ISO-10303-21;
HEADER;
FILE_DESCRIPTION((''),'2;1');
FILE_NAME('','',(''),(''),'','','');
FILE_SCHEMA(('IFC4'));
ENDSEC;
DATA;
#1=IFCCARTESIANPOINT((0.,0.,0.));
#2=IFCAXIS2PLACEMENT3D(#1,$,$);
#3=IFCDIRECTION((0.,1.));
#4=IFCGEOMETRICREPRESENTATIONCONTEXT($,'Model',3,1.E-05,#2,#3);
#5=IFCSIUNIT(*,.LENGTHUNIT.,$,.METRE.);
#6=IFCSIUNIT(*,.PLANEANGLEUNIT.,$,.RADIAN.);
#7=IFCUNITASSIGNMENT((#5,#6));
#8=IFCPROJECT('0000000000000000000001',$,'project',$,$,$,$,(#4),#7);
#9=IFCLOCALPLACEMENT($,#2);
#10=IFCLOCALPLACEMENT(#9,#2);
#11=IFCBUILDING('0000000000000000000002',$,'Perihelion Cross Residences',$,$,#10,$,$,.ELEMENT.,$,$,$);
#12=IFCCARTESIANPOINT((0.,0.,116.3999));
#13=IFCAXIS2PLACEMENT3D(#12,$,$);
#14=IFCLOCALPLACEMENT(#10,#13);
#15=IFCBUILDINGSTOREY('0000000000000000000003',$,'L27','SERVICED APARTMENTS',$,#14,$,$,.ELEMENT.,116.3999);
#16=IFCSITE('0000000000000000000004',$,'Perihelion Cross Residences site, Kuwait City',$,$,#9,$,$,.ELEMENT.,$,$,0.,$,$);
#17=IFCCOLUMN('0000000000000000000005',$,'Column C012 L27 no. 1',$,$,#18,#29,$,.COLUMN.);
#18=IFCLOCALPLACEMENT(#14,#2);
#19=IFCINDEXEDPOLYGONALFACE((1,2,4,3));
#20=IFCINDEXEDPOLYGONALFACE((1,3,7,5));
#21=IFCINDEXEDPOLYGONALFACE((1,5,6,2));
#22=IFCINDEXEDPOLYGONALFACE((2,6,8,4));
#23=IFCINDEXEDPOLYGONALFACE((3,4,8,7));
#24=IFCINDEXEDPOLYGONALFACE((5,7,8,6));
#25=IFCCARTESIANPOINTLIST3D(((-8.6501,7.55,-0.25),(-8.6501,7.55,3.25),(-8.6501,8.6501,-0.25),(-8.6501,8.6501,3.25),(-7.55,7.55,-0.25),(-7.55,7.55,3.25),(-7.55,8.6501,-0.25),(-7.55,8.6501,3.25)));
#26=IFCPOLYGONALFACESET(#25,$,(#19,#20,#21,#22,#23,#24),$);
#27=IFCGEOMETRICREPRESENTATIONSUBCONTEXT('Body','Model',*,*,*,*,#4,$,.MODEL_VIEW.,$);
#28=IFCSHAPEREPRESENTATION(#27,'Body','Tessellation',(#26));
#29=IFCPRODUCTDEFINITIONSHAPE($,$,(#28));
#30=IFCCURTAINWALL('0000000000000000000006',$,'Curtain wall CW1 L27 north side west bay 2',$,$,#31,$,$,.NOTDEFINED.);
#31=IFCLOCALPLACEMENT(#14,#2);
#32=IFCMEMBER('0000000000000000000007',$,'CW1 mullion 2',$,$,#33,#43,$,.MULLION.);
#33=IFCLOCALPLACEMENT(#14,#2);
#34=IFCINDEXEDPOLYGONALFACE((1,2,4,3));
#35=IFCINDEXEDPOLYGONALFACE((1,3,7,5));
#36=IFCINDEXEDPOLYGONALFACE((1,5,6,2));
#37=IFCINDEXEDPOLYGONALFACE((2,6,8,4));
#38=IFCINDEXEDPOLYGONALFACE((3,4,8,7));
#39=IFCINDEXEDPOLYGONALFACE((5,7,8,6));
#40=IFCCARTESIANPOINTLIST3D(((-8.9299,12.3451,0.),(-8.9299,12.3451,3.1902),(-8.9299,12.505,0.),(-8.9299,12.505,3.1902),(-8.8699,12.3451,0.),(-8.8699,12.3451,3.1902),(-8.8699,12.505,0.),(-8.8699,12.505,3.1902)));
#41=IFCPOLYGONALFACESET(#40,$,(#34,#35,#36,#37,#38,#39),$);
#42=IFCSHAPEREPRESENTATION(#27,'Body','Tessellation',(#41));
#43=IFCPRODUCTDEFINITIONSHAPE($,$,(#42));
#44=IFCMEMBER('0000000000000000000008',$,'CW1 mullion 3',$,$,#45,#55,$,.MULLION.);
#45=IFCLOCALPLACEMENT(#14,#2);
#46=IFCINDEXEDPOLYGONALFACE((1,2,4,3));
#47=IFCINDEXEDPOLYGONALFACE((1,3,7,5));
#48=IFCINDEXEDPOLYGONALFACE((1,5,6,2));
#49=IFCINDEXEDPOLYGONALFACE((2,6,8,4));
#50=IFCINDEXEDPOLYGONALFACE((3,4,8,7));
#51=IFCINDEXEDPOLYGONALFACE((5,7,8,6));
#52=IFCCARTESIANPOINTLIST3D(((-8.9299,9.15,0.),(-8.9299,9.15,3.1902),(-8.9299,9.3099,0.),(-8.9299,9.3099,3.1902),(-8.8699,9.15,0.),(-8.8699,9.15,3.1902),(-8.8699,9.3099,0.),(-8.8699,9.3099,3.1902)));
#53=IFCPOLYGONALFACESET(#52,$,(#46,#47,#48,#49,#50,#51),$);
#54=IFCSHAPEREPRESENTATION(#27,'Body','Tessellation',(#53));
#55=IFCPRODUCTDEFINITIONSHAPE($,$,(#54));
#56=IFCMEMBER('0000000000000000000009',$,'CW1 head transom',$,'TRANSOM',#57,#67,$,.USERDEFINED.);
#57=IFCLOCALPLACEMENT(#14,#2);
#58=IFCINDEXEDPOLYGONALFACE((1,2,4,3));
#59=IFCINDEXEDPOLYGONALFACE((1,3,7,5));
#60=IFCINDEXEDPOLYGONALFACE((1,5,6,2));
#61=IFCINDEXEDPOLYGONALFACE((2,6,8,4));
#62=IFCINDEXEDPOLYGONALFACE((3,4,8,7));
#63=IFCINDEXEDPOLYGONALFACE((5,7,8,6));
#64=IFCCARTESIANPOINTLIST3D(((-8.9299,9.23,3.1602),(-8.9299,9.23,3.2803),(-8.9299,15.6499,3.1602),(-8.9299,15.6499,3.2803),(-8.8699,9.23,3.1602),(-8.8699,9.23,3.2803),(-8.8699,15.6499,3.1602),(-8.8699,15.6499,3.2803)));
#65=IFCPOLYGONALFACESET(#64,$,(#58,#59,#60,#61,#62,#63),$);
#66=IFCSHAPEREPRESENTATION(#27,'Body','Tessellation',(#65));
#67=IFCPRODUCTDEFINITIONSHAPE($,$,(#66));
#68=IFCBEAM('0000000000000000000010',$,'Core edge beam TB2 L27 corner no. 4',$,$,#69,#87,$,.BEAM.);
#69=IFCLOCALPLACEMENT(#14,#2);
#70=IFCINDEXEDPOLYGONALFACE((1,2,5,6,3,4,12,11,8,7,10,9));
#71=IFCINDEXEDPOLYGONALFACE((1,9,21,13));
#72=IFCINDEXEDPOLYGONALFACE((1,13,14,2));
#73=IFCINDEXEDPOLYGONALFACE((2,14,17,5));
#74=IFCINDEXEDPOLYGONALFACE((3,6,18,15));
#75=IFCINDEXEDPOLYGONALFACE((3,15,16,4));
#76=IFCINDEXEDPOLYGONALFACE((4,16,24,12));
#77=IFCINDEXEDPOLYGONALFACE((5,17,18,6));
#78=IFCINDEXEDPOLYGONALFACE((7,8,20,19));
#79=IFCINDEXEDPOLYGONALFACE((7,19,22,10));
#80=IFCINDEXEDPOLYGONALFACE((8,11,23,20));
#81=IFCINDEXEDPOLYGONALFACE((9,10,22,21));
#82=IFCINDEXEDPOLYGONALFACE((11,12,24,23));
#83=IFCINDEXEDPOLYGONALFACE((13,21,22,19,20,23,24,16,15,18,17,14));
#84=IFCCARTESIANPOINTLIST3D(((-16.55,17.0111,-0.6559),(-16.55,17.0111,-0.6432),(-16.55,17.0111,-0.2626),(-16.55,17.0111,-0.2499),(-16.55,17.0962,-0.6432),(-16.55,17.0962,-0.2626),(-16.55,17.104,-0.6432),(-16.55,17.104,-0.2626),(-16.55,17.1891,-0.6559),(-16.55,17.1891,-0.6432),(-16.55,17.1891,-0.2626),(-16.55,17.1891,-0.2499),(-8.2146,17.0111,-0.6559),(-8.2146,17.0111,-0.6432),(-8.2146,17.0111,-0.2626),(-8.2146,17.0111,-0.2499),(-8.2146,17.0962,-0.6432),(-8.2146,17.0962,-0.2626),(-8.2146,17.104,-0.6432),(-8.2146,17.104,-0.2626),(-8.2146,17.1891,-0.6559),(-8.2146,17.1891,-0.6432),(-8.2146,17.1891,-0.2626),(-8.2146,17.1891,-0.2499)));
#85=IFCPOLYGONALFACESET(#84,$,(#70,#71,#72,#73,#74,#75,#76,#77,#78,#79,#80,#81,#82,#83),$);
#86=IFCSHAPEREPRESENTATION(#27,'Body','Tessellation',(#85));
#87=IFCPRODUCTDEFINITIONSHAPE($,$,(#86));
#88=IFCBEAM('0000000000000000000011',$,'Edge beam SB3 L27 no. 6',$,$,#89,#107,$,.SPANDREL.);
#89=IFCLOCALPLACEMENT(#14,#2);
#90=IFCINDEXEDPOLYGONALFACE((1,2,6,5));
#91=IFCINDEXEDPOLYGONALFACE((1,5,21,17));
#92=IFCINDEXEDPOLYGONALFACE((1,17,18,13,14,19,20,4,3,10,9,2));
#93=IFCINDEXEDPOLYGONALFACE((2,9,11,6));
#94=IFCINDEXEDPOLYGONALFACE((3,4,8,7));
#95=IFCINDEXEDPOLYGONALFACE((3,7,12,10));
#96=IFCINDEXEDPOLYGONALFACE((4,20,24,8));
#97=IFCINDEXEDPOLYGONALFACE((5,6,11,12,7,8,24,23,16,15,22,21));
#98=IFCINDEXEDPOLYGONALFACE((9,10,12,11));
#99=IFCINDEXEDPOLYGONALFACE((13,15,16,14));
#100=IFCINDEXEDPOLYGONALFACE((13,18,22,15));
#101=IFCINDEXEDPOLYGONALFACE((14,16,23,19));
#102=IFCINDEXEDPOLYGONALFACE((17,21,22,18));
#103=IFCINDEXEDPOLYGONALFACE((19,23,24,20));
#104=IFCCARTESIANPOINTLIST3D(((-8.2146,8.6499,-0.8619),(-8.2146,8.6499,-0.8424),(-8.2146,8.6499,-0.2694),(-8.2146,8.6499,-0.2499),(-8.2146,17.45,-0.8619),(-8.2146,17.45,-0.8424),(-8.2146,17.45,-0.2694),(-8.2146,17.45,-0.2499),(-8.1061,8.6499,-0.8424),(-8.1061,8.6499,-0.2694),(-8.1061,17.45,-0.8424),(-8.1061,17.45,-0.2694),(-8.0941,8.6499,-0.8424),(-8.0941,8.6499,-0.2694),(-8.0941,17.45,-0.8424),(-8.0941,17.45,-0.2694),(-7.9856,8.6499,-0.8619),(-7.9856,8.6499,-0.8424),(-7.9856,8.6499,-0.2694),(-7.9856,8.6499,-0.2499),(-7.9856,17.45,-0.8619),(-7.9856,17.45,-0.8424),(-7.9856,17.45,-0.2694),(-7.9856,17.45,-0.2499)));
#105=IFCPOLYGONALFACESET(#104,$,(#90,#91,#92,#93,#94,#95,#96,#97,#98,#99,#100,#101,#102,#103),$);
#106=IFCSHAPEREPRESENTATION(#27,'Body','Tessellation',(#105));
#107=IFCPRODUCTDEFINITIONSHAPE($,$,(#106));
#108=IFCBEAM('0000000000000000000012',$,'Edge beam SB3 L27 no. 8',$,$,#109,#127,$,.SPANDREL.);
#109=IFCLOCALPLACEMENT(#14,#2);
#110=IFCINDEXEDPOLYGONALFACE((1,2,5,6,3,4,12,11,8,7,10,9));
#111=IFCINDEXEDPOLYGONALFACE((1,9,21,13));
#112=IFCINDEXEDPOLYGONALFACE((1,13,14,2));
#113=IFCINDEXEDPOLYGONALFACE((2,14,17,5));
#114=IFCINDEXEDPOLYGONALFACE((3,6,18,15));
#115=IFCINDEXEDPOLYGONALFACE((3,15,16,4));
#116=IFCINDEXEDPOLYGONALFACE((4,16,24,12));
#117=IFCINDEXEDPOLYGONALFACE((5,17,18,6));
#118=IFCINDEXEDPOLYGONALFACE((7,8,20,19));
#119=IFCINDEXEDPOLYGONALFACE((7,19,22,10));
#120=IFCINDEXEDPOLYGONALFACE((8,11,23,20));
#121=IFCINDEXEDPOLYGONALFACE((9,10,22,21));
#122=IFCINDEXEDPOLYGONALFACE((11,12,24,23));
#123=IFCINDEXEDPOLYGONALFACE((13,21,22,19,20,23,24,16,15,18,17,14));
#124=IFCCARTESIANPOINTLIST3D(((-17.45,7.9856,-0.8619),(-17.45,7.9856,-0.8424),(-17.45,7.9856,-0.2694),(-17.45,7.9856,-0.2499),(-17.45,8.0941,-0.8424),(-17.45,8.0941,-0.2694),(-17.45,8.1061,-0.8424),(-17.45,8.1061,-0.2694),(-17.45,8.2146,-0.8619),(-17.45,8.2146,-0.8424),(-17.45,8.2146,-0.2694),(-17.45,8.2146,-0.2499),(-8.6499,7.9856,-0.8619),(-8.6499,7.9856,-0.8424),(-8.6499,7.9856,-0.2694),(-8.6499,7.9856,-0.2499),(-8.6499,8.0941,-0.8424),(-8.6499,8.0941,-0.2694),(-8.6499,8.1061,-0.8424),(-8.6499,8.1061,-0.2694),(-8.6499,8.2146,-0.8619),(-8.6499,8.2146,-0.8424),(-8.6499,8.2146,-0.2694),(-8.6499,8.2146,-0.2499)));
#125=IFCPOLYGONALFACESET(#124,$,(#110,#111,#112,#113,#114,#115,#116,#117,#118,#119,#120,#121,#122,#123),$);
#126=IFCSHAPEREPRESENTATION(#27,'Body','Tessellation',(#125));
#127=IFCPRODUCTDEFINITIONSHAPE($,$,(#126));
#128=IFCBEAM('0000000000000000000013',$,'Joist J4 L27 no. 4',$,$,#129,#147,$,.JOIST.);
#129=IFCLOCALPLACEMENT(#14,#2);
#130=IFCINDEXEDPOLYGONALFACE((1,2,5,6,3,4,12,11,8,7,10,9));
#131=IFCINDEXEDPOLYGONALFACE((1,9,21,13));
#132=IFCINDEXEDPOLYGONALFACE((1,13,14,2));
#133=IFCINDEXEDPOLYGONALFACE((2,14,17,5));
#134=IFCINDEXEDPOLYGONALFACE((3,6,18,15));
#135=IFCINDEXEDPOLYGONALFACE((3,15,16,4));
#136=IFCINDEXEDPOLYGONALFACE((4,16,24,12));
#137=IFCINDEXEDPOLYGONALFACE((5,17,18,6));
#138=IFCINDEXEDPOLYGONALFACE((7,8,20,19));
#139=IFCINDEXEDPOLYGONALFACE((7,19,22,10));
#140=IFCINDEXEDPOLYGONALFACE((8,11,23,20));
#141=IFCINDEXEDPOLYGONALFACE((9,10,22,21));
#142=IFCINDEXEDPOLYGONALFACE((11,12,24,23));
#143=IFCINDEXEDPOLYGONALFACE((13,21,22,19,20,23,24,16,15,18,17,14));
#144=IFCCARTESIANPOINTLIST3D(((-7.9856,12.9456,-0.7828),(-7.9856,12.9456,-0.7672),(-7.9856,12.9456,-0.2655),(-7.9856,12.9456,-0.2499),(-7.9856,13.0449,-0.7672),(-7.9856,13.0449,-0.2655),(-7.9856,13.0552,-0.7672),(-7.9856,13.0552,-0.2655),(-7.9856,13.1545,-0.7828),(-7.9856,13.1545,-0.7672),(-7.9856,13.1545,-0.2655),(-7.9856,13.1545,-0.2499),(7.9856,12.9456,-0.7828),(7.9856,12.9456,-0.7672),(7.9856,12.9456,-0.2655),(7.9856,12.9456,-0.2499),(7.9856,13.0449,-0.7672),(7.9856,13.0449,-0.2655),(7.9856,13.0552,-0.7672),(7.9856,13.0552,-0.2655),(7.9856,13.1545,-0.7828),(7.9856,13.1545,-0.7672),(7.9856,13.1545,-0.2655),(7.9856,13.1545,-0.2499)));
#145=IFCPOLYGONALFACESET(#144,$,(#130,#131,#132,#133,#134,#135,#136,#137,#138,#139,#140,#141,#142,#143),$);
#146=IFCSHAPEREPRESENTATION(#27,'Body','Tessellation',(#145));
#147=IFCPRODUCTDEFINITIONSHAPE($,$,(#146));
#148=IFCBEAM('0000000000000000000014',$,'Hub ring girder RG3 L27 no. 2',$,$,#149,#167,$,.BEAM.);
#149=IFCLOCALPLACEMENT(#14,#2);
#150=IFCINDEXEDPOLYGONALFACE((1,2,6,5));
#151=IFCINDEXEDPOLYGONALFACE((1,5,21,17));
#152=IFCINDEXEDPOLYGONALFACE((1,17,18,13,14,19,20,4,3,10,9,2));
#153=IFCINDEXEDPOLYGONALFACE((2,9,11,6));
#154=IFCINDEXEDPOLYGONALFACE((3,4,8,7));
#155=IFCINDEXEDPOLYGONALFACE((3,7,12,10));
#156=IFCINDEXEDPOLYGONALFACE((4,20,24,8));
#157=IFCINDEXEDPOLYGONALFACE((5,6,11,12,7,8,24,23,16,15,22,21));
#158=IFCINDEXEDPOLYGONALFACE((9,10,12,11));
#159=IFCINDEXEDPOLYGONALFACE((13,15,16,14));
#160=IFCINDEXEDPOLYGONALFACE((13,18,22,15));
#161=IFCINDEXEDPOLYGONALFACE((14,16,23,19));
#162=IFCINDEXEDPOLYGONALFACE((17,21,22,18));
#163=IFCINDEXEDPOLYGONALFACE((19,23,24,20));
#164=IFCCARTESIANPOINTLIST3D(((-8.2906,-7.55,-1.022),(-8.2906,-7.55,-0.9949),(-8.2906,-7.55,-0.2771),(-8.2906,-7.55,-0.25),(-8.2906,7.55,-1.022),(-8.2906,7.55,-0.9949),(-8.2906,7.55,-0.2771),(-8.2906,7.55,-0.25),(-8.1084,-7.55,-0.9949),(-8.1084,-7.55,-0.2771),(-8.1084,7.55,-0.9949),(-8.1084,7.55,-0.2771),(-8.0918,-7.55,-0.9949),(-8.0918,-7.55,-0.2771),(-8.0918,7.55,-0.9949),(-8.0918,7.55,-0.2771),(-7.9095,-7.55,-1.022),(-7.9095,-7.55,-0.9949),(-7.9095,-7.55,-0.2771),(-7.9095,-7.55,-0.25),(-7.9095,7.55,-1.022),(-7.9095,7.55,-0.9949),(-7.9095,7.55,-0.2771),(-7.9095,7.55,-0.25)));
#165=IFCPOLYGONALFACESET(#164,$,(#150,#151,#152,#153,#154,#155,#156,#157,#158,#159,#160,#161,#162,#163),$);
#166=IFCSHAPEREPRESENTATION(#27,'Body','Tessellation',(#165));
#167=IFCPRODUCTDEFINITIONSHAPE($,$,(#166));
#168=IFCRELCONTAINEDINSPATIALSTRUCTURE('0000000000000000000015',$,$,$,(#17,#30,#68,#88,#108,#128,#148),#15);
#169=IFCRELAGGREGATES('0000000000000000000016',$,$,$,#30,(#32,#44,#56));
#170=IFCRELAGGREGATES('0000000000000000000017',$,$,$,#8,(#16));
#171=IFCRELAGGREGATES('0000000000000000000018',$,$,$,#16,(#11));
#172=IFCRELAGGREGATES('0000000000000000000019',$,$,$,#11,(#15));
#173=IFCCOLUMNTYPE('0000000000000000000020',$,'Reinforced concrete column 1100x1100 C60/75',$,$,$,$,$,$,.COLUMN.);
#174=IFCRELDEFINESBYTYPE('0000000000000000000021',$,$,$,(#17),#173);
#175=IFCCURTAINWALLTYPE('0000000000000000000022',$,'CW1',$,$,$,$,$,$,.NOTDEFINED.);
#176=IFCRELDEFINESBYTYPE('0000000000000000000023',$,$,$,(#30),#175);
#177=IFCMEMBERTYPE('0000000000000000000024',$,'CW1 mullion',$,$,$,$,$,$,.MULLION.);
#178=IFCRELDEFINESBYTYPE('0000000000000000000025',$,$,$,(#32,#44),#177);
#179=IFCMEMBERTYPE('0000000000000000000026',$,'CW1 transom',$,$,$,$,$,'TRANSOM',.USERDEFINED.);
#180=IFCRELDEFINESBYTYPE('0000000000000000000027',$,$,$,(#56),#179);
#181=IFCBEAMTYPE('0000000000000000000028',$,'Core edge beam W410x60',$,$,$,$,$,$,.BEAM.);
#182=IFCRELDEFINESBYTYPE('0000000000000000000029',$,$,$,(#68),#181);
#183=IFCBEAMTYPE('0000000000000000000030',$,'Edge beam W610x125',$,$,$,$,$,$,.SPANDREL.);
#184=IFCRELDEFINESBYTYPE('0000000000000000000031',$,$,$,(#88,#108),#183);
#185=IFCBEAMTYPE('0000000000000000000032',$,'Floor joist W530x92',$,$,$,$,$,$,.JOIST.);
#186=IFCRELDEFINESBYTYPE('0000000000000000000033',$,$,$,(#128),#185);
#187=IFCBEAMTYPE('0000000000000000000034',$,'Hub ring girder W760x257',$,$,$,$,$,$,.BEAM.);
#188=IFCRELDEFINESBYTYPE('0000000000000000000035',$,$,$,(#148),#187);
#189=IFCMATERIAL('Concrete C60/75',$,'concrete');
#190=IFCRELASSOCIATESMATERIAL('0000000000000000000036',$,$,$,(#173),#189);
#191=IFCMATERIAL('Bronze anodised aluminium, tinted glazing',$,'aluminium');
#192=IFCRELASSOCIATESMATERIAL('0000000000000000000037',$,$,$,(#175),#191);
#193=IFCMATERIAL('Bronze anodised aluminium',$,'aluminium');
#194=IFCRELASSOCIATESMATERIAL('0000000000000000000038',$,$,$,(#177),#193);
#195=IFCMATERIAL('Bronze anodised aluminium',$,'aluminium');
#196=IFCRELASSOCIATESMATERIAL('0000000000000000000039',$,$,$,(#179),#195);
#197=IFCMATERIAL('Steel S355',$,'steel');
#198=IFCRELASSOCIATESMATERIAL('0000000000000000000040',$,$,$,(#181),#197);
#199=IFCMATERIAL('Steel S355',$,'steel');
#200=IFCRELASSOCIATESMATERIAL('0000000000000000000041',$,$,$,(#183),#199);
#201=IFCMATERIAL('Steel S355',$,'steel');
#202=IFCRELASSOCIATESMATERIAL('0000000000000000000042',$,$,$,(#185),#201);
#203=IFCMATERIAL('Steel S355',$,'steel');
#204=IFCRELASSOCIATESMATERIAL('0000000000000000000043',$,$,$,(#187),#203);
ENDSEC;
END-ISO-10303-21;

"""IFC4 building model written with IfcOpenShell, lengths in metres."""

from ifc_helpers import new_model, si_unit, direction, frame, origin, origin_2d, place, context, subcontext, project, spatial, rectangle, i_section, extrude, material, material_profile, profile_set, type_object, element, aggregate, save


model = new_model("IFC4")

# Units and contexts
model_context = context("Model", 3, precision=1e-05, world=origin(), true_north=direction((0.0, 1.0)))
body_context = subcontext(model_context, "Body", "Model", "MODEL_VIEW")
ifc_project = project(units=[si_unit("LENGTHUNIT", "METRE"), si_unit("PLANEANGLEUNIT", "RADIAN")], contexts=[model_context])

# Site, building, storey
site_placement = place(None, origin())
site = spatial("IfcSite", under=ifc_project, at=site_placement, Name="Perihelion Cross Residences site, Kuwait City", CompositionType="ELEMENT", RefElevation=0.0)
building_placement = place(site_placement, origin())
building = spatial("IfcBuilding", under=site, at=building_placement, Name="Perihelion Cross Residences", CompositionType="ELEMENT")
storey_placement = place(building_placement, frame((0.0, 0.0, 116.3999)))
storey = spatial("IfcBuildingStorey", under=building, at=storey_placement, Name="L27", Description="SERVICED APARTMENTS", CompositionType="ELEMENT", Elevation=116.3999)

# Column
ifc_material_1 = material(Name="Concrete C60/75", Category="concrete")
ifc_material_profile_1 = material_profile(ifc_material_1, rectangle(XDim=1.1001, YDim=1.1001, at=origin_2d()), Name="RC 1100x1100")
ifc_profile_set_1 = profile_set([ifc_material_profile_1], Name="Concrete C60/75")
column_type = type_object("IfcColumnType", Name="Reinforced concrete column 1100x1100 C60/75", PredefinedType="COLUMN", material=ifc_profile_set_1)
column_placement = place(storey_placement, frame((-8.1001, 8.1001, -0.25), z_axis=(0.0, 0.0, 1.0), x_axis=(1.0, 0.0, 0.0)))
element("IfcColumn", 1, at=column_placement, inside=storey, type_object=column_type, Name="Column C012 L27 no. 1", PredefinedType="COLUMN", context=body_context, shape_type="SweptSolid", body=[
    extrude(rectangle(XDim=1.1001, YDim=1.1001, at=origin_2d()), origin(), (0.0, 0.0, 1.0), 3.5),
])

# Curtain wall, members
ifc_material_2 = material(Name="Bronze anodised aluminium, tinted glazing", Category="aluminium")
curtain_wall_type = type_object("IfcCurtainWallType", Name="CW1", PredefinedType="NOTDEFINED", material=ifc_material_2)
curtain_wall_placement = place(storey_placement, origin())
curtain_wall = element("IfcCurtainWall", 2, at=curtain_wall_placement, inside=storey, type_object=curtain_wall_type, Name="Curtain wall CW1 L27 north side west bay 2", PredefinedType="NOTDEFINED")
ifc_material_3 = material(Name="Bronze anodised aluminium", Category="aluminium")
ifc_material_profile_2 = material_profile(ifc_material_3, rectangle(XDim=0.0601, YDim=0.1599, at=origin_2d()), Name="CW1 mullion")
ifc_profile_set_2 = profile_set([ifc_material_profile_2], Name="Bronze anodised aluminium")
member_type_1 = type_object("IfcMemberType", Name="CW1 mullion", PredefinedType="MULLION", material=ifc_profile_set_2)
member_1_placement = place(storey_placement, frame((-8.8999, 12.425, 0.0), z_axis=(0.0, 0.0, 1.0), x_axis=(1.0, 0.0, 0.0)))
member_1 = element("IfcMember", 3, at=member_1_placement, type_object=member_type_1, Name="CW1 mullion 2", PredefinedType="MULLION", context=body_context, shape_type="SweptSolid", body=[
    extrude(rectangle(XDim=0.0601, YDim=0.1599, at=origin_2d()), origin(), (0.0, 0.0, 1.0), 3.1902),
])
member_2_placement = place(storey_placement, frame((-8.8999, 9.23, 0.0), z_axis=(0.0, 0.0, 1.0), x_axis=(1.0, 0.0, 0.0)))
member_2 = element("IfcMember", 4, at=member_2_placement, type_object=member_type_1, Name="CW1 mullion 3", PredefinedType="MULLION", context=body_context, shape_type="SweptSolid", body=[
    extrude(rectangle(XDim=0.0601, YDim=0.1599, at=origin_2d()), origin(), (0.0, 0.0, 1.0), 3.1902),
])
ifc_material_4 = material(Name="Bronze anodised aluminium", Category="aluminium")
ifc_material_profile_3 = material_profile(ifc_material_4, rectangle(XDim=0.0601, YDim=0.1201, at=origin_2d()), Name="CW1 transom")
ifc_profile_set_3 = profile_set([ifc_material_profile_3], Name="Bronze anodised aluminium")
member_type_2 = type_object("IfcMemberType", Name="CW1 transom", ElementType="TRANSOM", PredefinedType="USERDEFINED", material=ifc_profile_set_3)
member_3_placement = place(storey_placement, frame((-8.8999, 15.6499, 3.2202), z_axis=(0.0, -1.0, 0.0), x_axis=(1.0, 0.0, 0.0)))
member_3 = element("IfcMember", 5, at=member_3_placement, type_object=member_type_2, Name="CW1 head transom", ObjectType="TRANSOM", PredefinedType="USERDEFINED", context=body_context, shape_type="SweptSolid", body=[
    extrude(rectangle(XDim=0.0601, YDim=0.1201, at=origin_2d()), origin(), (0.0, 0.0, 1.0), 6.4199),
])

# Beams
ifc_material_5 = material(Name="Steel S355", Category="steel")
ifc_material_profile_4 = material_profile(ifc_material_5, i_section(OverallWidth=0.178, OverallDepth=0.406, WebThickness=0.0078, FlangeThickness=0.0127, at=origin_2d()), Name="W410x60")
ifc_profile_set_4 = profile_set([ifc_material_profile_4], Name="Steel S355")
beam_type_1 = type_object("IfcBeamType", Name="Core edge beam W410x60", PredefinedType="BEAM", material=ifc_profile_set_4)
beam_1_placement = place(storey_placement, frame((-8.2146, 17.1001, -0.4529), z_axis=(-1.0, 0.0, 0.0), x_axis=(0.0, -1.0, 0.0)))
element("IfcBeam", 6, at=beam_1_placement, inside=storey, type_object=beam_type_1, Name="Core edge beam TB2 L27 corner no. 4", PredefinedType="BEAM", context=body_context, shape_type="SweptSolid", body=[
    extrude(i_section(OverallWidth=0.178, OverallDepth=0.406, WebThickness=0.0078, FlangeThickness=0.0127, at=origin_2d()), origin(), (0.0, 0.0, 1.0), 8.3354),
])
ifc_material_6 = material(Name="Steel S355", Category="steel")
ifc_material_profile_5 = material_profile(ifc_material_6, i_section(OverallWidth=0.229, OverallDepth=0.6121, WebThickness=0.012, FlangeThickness=0.0195, at=origin_2d()), Name="W610x125")
ifc_profile_set_5 = profile_set([ifc_material_profile_5], Name="Steel S355")
beam_type_2 = type_object("IfcBeamType", Name="Edge beam W610x125", PredefinedType="SPANDREL", material=ifc_profile_set_5)
for number, where, z_axis, x_axis, name in (
    (7, (-8.1001, 17.45, -0.5559), (0.0, -1.0, 0.0), (1.0, 0.0, 0.0), "Edge beam SB3 L27 no. 6"),
    (8, (-8.6499, 8.1001, -0.5559), (-1.0, 0.0, 0.0), (0.0, -1.0, 0.0), "Edge beam SB3 L27 no. 8"),
):
    element("IfcBeam", number, at=place(storey_placement, frame(where, z_axis=z_axis, x_axis=x_axis)), inside=storey, type_object=beam_type_2, Name=name, PredefinedType="SPANDREL", context=body_context, shape_type="SweptSolid", body=[
        extrude(i_section(OverallWidth=0.229, OverallDepth=0.6121, WebThickness=0.012, FlangeThickness=0.0195, at=origin_2d()), origin(), (0.0, 0.0, 1.0), 8.8),
    ])
ifc_material_7 = material(Name="Steel S355", Category="steel")
ifc_material_profile_6 = material_profile(ifc_material_7, i_section(OverallWidth=0.209, OverallDepth=0.533, WebThickness=0.0103, FlangeThickness=0.0156, at=origin_2d()), Name="W530x92")
ifc_profile_set_6 = profile_set([ifc_material_profile_6], Name="Steel S355")
beam_type_3 = type_object("IfcBeamType", Name="Floor joist W530x92", PredefinedType="JOIST", material=ifc_profile_set_6)
beam_2_placement = place(storey_placement, frame((-7.9856, 13.05, -0.5164), z_axis=(1.0, 0.0, 0.0), x_axis=(0.0, 1.0, 0.0)))
element("IfcBeam", 9, at=beam_2_placement, inside=storey, type_object=beam_type_3, Name="Joist J4 L27 no. 4", PredefinedType="JOIST", context=body_context, shape_type="SweptSolid", body=[
    extrude(i_section(OverallWidth=0.209, OverallDepth=0.533, WebThickness=0.0103, FlangeThickness=0.0156, at=origin_2d()), origin(), (0.0, 0.0, 1.0), 15.9712),
])
ifc_material_8 = material(Name="Steel S355", Category="steel")
ifc_material_profile_7 = material_profile(ifc_material_8, i_section(OverallWidth=0.3811, OverallDepth=0.772, WebThickness=0.0166, FlangeThickness=0.0271, at=origin_2d()), Name="W760x257")
ifc_profile_set_7 = profile_set([ifc_material_profile_7], Name="Steel S355")
beam_type_4 = type_object("IfcBeamType", Name="Hub ring girder W760x257", PredefinedType="BEAM", material=ifc_profile_set_7)
beam_3_placement = place(storey_placement, frame((-8.1001, 7.55, -0.636), z_axis=(0.0, -1.0, 0.0), x_axis=(1.0, 0.0, 0.0)))
element("IfcBeam", 10, at=beam_3_placement, inside=storey, type_object=beam_type_4, Name="Hub ring girder RG3 L27 no. 2", PredefinedType="BEAM", context=body_context, shape_type="SweptSolid", body=[
    extrude(i_section(OverallWidth=0.3811, OverallDepth=0.772, WebThickness=0.0166, FlangeThickness=0.0271, at=origin_2d()), origin(), (0.0, 0.0, 1.0), 15.1001),
])

aggregate(curtain_wall, [member_1, member_2, member_3])

save(model, "model.ifc")
